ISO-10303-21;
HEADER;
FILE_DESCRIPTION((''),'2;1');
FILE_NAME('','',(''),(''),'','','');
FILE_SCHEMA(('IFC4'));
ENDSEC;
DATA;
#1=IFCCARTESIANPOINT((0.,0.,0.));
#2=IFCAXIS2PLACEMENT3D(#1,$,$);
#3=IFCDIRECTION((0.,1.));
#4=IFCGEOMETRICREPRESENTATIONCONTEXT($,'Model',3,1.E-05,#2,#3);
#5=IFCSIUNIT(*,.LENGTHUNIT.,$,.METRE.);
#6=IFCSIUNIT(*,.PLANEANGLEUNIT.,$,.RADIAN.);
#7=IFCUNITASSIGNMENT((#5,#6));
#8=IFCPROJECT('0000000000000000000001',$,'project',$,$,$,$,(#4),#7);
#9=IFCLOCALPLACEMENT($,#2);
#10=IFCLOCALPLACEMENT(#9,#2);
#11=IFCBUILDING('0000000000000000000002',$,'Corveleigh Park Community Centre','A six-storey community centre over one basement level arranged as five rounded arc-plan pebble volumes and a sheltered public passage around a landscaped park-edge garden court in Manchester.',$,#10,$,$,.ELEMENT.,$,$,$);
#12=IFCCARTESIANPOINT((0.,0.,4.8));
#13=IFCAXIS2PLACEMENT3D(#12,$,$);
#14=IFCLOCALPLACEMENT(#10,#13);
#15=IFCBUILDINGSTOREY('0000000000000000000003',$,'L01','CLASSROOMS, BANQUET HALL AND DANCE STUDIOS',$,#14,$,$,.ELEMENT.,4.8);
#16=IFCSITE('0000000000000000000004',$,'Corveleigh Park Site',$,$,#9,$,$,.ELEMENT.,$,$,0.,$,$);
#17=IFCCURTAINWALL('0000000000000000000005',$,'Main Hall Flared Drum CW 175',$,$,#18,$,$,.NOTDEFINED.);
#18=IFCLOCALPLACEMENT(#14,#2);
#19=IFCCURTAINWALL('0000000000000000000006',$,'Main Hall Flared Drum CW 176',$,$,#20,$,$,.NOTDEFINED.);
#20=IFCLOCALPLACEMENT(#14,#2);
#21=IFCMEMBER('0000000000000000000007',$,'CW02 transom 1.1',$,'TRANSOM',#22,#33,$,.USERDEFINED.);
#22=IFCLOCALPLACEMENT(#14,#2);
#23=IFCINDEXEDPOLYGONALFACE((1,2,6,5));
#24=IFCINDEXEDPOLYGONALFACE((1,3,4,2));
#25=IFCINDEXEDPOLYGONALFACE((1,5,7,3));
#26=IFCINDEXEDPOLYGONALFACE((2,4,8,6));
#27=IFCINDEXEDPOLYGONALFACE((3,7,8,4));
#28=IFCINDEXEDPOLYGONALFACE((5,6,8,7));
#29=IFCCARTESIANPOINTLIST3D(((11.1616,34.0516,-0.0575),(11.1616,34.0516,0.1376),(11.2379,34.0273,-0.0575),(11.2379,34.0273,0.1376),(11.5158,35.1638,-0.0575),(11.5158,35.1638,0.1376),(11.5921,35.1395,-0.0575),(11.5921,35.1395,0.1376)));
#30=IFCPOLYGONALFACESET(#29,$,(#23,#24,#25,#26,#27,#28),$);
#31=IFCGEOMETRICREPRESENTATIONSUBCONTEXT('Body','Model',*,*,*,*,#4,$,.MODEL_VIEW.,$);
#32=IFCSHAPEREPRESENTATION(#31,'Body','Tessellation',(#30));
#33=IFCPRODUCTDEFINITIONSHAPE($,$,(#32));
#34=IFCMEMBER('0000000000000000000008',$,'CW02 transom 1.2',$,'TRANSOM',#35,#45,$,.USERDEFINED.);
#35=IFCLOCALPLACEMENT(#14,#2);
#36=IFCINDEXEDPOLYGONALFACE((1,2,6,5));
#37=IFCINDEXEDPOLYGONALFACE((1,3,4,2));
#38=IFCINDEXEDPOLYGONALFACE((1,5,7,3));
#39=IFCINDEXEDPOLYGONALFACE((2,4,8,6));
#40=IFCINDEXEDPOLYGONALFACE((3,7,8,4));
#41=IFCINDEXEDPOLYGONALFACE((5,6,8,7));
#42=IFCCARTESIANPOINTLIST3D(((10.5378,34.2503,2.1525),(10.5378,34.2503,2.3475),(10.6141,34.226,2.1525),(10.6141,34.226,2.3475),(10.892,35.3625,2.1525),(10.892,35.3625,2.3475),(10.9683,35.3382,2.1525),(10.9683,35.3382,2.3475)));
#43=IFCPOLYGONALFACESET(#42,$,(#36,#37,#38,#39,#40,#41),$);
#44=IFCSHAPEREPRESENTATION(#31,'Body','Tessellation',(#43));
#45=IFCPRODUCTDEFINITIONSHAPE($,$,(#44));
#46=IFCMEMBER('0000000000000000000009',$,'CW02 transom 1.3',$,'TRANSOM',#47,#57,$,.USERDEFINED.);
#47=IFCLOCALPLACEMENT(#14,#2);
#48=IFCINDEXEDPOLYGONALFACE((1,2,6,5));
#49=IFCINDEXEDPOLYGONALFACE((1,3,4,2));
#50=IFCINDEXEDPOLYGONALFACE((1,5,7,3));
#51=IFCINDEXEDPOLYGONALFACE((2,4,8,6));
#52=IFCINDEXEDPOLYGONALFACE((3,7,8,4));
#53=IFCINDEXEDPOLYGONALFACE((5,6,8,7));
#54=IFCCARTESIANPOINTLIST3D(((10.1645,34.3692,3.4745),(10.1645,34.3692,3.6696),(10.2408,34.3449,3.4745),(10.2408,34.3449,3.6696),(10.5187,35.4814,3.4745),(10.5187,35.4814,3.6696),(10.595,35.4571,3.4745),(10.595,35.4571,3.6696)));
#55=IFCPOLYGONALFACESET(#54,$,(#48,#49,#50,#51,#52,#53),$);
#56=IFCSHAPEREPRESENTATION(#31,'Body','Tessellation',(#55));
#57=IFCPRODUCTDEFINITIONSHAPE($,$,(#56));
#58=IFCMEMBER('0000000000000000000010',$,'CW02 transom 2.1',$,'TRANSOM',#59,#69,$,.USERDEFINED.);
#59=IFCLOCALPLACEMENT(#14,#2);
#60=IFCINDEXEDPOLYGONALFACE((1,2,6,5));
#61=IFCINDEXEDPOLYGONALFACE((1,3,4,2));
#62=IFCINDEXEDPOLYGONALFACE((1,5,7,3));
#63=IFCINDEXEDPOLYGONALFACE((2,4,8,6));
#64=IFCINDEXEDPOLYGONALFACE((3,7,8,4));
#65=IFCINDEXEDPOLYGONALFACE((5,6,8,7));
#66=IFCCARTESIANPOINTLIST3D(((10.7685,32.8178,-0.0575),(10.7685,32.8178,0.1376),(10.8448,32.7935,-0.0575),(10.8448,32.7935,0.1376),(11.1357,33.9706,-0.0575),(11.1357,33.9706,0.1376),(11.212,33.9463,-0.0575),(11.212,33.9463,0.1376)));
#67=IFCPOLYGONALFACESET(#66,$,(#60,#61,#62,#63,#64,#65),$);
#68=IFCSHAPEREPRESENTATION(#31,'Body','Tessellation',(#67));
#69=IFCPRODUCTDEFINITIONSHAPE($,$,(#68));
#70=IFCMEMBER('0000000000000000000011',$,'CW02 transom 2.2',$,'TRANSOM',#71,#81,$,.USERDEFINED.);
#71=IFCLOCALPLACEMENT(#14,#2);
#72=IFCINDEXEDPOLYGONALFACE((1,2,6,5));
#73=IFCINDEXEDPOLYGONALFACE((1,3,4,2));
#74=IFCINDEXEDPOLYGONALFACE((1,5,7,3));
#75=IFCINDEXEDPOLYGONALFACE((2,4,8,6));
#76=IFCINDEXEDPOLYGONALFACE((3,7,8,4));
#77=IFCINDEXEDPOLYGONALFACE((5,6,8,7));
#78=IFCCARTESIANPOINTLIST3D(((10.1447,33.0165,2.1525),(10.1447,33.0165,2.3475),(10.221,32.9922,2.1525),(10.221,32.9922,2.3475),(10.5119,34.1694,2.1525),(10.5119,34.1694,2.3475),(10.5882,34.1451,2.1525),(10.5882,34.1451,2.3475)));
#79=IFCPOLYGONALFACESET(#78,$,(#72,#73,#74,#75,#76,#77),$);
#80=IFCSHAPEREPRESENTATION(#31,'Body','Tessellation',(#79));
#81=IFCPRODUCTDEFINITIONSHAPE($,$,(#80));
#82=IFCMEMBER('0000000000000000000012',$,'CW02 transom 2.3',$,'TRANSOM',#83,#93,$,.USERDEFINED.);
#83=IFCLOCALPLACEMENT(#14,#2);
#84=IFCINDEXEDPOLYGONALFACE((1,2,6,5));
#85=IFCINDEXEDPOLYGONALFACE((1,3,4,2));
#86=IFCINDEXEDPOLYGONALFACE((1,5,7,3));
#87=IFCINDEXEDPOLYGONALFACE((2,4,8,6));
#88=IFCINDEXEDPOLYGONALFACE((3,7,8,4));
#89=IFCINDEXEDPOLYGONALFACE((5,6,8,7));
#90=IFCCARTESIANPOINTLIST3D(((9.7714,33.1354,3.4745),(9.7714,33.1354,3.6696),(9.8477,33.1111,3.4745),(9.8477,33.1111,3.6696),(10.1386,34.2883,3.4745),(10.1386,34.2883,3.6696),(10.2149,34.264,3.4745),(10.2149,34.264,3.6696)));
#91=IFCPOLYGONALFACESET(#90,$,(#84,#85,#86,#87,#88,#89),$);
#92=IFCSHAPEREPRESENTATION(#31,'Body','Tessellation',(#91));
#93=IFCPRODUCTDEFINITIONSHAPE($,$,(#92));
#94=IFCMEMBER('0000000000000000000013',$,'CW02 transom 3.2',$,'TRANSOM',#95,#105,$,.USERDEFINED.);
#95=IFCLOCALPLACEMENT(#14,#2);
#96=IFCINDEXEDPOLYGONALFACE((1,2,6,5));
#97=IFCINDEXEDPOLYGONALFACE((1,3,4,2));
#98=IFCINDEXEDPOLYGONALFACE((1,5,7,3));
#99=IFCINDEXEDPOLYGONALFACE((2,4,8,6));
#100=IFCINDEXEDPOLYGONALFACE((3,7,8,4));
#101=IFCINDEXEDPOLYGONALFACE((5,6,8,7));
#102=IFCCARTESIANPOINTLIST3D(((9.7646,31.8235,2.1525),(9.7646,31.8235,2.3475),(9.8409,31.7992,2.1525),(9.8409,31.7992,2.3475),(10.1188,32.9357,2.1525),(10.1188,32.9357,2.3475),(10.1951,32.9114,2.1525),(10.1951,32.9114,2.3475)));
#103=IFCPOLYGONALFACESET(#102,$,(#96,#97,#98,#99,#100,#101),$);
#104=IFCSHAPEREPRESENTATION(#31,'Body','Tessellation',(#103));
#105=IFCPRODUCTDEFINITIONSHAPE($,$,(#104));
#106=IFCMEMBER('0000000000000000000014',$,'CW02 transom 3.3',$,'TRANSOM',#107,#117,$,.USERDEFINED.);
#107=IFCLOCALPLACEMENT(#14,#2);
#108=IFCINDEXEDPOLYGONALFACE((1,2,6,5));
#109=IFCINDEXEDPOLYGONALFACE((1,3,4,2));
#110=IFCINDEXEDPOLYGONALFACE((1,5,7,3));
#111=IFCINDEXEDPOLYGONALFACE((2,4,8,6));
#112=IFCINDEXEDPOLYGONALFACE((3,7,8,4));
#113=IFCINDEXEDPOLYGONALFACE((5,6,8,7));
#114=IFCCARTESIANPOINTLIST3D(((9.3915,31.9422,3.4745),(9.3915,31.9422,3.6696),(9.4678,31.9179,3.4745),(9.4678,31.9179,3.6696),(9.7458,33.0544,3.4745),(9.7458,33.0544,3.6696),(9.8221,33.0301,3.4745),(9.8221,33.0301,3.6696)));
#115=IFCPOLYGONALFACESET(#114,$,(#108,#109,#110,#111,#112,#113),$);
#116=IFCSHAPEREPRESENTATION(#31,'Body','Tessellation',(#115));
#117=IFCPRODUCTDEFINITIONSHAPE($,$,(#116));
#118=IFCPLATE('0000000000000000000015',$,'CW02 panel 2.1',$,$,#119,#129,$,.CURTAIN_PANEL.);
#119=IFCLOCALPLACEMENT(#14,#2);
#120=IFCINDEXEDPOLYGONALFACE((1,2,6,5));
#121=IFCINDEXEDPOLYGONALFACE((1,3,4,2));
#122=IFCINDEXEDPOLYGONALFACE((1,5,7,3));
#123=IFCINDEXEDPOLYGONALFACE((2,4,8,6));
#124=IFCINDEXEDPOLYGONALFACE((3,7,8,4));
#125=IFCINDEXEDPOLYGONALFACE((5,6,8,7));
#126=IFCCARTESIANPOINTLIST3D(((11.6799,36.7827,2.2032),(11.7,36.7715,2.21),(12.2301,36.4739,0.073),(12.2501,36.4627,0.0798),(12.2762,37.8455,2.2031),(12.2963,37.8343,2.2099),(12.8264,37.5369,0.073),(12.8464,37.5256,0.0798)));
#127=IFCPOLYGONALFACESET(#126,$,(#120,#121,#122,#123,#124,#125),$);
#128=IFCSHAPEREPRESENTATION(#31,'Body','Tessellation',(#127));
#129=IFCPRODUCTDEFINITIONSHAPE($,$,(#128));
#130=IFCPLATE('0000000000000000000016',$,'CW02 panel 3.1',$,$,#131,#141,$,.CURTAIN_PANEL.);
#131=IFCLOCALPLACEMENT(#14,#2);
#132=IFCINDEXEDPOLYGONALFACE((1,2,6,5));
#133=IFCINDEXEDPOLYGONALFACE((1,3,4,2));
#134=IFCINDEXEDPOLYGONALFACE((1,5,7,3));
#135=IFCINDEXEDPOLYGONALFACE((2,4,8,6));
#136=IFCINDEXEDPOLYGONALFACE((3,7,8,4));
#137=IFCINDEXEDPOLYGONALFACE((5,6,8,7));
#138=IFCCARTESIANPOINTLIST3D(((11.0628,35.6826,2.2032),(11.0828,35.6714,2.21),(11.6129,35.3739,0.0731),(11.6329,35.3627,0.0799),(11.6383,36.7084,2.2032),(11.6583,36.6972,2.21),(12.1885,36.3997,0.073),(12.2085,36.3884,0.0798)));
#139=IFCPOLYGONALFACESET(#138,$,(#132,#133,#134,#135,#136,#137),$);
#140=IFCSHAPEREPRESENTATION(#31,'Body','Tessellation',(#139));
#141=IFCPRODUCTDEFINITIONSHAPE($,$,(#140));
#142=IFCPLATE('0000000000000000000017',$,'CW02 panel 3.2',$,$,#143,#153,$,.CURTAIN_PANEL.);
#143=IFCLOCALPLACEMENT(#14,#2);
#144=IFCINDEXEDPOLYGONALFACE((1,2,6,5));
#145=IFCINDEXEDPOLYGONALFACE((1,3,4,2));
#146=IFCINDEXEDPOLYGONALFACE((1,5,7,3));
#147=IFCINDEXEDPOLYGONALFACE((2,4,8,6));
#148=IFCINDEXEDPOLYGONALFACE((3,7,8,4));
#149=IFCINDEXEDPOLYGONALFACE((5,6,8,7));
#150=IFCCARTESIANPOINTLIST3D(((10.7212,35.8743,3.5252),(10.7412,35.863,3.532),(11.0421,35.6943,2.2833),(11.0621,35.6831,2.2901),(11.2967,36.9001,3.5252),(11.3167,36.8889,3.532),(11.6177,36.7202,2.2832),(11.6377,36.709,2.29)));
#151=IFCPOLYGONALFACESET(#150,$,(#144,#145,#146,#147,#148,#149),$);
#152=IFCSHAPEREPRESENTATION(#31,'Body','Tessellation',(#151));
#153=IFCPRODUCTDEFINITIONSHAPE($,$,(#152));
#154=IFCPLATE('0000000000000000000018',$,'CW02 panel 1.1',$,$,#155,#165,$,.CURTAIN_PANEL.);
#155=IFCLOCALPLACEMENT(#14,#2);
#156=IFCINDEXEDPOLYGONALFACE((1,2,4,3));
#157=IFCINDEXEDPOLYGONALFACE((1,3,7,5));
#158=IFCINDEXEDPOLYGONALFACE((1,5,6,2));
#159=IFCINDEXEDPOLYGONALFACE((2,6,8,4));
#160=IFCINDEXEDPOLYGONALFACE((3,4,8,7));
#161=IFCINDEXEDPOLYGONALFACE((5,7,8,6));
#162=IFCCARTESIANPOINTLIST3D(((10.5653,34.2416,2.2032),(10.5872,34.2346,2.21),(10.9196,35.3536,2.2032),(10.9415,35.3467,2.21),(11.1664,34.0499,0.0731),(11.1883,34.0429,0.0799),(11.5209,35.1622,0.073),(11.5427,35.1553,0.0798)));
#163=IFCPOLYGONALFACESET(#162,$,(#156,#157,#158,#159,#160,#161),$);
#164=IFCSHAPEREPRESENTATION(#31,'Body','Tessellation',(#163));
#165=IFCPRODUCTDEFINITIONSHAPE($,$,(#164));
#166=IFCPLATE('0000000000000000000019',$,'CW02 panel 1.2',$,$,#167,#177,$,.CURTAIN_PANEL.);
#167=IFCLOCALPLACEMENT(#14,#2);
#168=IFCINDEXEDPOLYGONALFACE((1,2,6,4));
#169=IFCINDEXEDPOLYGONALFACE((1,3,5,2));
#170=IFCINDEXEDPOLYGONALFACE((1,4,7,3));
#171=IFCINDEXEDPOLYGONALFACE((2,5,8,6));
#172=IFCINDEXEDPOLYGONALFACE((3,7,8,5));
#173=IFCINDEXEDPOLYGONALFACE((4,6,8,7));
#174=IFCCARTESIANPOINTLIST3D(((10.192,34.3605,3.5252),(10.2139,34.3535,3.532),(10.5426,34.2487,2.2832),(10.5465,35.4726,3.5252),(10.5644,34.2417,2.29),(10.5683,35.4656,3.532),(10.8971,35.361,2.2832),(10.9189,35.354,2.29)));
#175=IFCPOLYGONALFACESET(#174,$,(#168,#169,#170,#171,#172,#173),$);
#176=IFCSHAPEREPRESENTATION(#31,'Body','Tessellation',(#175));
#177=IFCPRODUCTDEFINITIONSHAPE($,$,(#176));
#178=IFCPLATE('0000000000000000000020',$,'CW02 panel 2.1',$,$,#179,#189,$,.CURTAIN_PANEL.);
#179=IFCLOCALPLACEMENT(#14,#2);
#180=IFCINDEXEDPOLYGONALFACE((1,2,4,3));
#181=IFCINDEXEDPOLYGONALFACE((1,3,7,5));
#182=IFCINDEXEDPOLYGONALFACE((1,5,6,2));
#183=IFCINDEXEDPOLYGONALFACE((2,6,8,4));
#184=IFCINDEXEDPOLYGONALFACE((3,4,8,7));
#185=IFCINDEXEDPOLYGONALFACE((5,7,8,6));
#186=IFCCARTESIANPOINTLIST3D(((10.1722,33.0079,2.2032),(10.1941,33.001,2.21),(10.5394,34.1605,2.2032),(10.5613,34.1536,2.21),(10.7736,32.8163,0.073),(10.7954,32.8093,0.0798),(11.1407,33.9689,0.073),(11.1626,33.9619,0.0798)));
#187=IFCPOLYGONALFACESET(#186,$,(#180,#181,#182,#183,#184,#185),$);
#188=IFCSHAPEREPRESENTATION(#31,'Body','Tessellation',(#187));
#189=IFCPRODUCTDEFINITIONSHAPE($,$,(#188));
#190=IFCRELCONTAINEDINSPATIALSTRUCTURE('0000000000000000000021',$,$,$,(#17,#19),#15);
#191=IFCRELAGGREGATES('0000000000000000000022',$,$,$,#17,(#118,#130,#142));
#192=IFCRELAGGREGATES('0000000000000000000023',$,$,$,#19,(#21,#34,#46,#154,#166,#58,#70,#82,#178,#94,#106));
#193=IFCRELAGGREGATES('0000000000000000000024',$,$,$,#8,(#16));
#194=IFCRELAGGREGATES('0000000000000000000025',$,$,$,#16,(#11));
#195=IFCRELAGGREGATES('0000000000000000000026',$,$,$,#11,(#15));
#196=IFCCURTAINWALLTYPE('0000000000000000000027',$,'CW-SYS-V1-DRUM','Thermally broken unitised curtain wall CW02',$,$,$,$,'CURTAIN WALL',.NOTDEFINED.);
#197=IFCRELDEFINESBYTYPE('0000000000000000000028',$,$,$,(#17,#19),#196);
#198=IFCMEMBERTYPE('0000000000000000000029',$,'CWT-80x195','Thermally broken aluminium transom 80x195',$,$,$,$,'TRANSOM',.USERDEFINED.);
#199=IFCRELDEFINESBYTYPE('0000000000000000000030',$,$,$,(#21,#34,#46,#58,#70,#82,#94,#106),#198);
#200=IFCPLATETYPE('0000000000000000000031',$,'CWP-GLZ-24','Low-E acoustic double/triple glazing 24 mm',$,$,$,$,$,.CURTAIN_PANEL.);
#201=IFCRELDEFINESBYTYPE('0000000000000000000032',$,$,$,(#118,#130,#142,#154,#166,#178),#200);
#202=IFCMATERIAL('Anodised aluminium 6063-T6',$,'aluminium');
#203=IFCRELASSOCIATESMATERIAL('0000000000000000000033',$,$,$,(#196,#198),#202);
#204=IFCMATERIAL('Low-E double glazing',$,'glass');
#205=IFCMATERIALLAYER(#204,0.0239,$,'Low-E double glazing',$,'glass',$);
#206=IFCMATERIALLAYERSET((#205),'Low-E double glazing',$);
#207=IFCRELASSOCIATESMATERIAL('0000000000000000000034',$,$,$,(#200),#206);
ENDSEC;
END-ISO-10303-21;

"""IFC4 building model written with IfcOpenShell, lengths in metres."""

from ifc_helpers import new_model, si_unit, direction, frame, origin, origin_2d, place, context, subcontext, project, spatial, polyline, rectangle, outline, extrude, material, layer, layer_set, material_profile, profile_set, type_object, element, aggregate, save


model = new_model("IFC4")

# Units and contexts
model_context = context("Model", 3, precision=1e-05, world=origin(), true_north=direction((0.0, 1.0)))
body_context = subcontext(model_context, "Body", "Model", "MODEL_VIEW")
ifc_project = project(units=[si_unit("LENGTHUNIT", "METRE"), si_unit("PLANEANGLEUNIT", "RADIAN")], contexts=[model_context])

# Site, building, storey
site_placement = place(None, origin())
site = spatial("IfcSite", under=ifc_project, at=site_placement, Name="Corveleigh Park Site", CompositionType="ELEMENT", RefElevation=0.0)
building_placement = place(site_placement, origin())
building = spatial("IfcBuilding", under=site, at=building_placement, Name="Corveleigh Park Community Centre", Description="A six-storey community centre over one basement level arranged as five rounded arc-plan pebble volumes and a sheltered public passage around a landscaped park-edge garden court in Manchester.", CompositionType="ELEMENT")
storey_placement = place(building_placement, frame((0.0, 0.0, 4.8)))
storey = spatial("IfcBuildingStorey", under=building, at=storey_placement, Name="L01", Description="CLASSROOMS, BANQUET HALL AND DANCE STUDIOS", CompositionType="ELEMENT", Elevation=4.8)

# Curtain walls
ifc_material_1 = material(Name="Anodised aluminium 6063-T6", Category="aluminium")
curtain_wall_type = type_object("IfcCurtainWallType", Name="CW-SYS-V1-DRUM", Description="Thermally broken unitised curtain wall CW02", ElementType="CURTAIN WALL", PredefinedType="NOTDEFINED", material=ifc_material_1)
curtain_wall_1_placement = place(storey_placement, origin())
curtain_wall_1 = element("IfcCurtainWall", 1, at=curtain_wall_1_placement, inside=storey, type_object=curtain_wall_type, Name="Main Hall Flared Drum CW 175", PredefinedType="NOTDEFINED")
curtain_wall_2_placement = place(storey_placement, origin())
curtain_wall_2 = element("IfcCurtainWall", 2, at=curtain_wall_2_placement, inside=storey, type_object=curtain_wall_type, Name="Main Hall Flared Drum CW 176", PredefinedType="NOTDEFINED")

# Members
ifc_material_profile_1 = material_profile(ifc_material_1, rectangle(XDim=0.0801, YDim=0.1951, at=origin_2d()), Name="ALU-T80x195", Category="aluminium")
ifc_profile_set_1 = profile_set([ifc_material_profile_1], Name="Anodised aluminium 6063-T6")
member_type_1 = type_object("IfcMemberType", Name="CWT-80x195", Description="Thermally broken aluminium transom 80x195", ElementType="TRANSOM", PredefinedType="USERDEFINED", material=ifc_profile_set_1)
member_1_placement = place(storey_placement, frame((11.554, 35.1516, 0.04), z_axis=(-0.303463, -0.952843, 0.0), x_axis=(0.952843, -0.303463, 0.0)))
member_1 = element("IfcMember", 3, at=member_1_placement, type_object=member_type_1, Name="CW02 transom 1.1", ObjectType="TRANSOM", PredefinedType="USERDEFINED", context=body_context, shape_type="SweptSolid", body=[
    extrude(rectangle(XDim=0.0801, YDim=0.1951, at=origin_2d()), origin(), (0.0, 0.0, 1.0), 1.1672),
])
member_2_placement = place(storey_placement, frame((10.9302, 35.3503, 2.25), z_axis=(-0.303463, -0.952843, 0.0), x_axis=(0.952843, -0.303463, 0.0)))
member_2 = element("IfcMember", 4, at=member_2_placement, type_object=member_type_1, Name="CW02 transom 1.2", ObjectType="TRANSOM", PredefinedType="USERDEFINED", context=body_context, shape_type="SweptSolid", body=[
    extrude(rectangle(XDim=0.0801, YDim=0.1951, at=origin_2d()), origin(), (0.0, 0.0, 1.0), 1.1672),
])
member_3_placement = place(storey_placement, frame((10.5569, 35.4692, 3.572), z_axis=(-0.303463, -0.952843, 0.0), x_axis=(0.952843, -0.303463, 0.0)))
member_3 = element("IfcMember", 5, at=member_3_placement, type_object=member_type_1, Name="CW02 transom 1.3", ObjectType="TRANSOM", PredefinedType="USERDEFINED", context=body_context, shape_type="SweptSolid", body=[
    extrude(rectangle(XDim=0.0801, YDim=0.1951, at=origin_2d()), origin(), (0.0, 0.0, 1.0), 1.1672),
])
member_4_placement = place(storey_placement, frame((11.1738, 33.9585, 0.04), z_axis=(-0.303487, -0.952836, 0.0), x_axis=(0.952836, -0.303487, 0.0)))
member_4 = element("IfcMember", 6, at=member_4_placement, type_object=member_type_1, Name="CW02 transom 2.1", ObjectType="TRANSOM", PredefinedType="USERDEFINED", context=body_context, shape_type="SweptSolid", body=[
    extrude(rectangle(XDim=0.0801, YDim=0.1951, at=origin_2d()), origin(), (0.0, 0.0, 1.0), 1.21),
])
member_5_placement = place(storey_placement, frame((10.55, 34.1572, 2.25), z_axis=(-0.303487, -0.952836, 0.0), x_axis=(0.952836, -0.303487, 0.0)))
member_5 = element("IfcMember", 7, at=member_5_placement, type_object=member_type_1, Name="CW02 transom 2.2", ObjectType="TRANSOM", PredefinedType="USERDEFINED", context=body_context, shape_type="SweptSolid", body=[
    extrude(rectangle(XDim=0.0801, YDim=0.1951, at=origin_2d()), origin(), (0.0, 0.0, 1.0), 1.21),
])
member_6_placement = place(storey_placement, frame((10.1768, 34.2761, 3.572), z_axis=(-0.303487, -0.952836, 0.0), x_axis=(0.952836, -0.303487, 0.0)))
member_6 = element("IfcMember", 8, at=member_6_placement, type_object=member_type_1, Name="CW02 transom 2.3", ObjectType="TRANSOM", PredefinedType="USERDEFINED", context=body_context, shape_type="SweptSolid", body=[
    extrude(rectangle(XDim=0.0801, YDim=0.1951, at=origin_2d()), origin(), (0.0, 0.0, 1.0), 1.21),
])
member_7_placement = place(storey_placement, frame((10.157, 32.9236, 2.25), z_axis=(-0.303463, -0.952843, 0.0), x_axis=(0.952843, -0.303463, 0.0)))
member_7 = element("IfcMember", 9, at=member_7_placement, type_object=member_type_1, Name="CW02 transom 3.2", ObjectType="TRANSOM", PredefinedType="USERDEFINED", context=body_context, shape_type="SweptSolid", body=[
    extrude(rectangle(XDim=0.0801, YDim=0.1951, at=origin_2d()), origin(), (0.0, 0.0, 1.0), 1.1672),
])
member_8_placement = place(storey_placement, frame((9.7839, 33.0422, 3.572), z_axis=(-0.303523, -0.952824, 0.0), x_axis=(0.952824, -0.303523, 0.0)))
member_8 = element("IfcMember", 10, at=member_8_placement, type_object=member_type_1, Name="CW02 transom 3.3", ObjectType="TRANSOM", PredefinedType="USERDEFINED", context=body_context, shape_type="SweptSolid", body=[
    extrude(rectangle(XDim=0.0801, YDim=0.1951, at=origin_2d()), origin(), (0.0, 0.0, 1.0), 1.1672),
])

# Plates
ifc_material_2 = material(Name="Low-E double glazing", Category="glass")
ifc_layer_1 = layer(ifc_material_2, 0.0239, Name="Low-E double glazing", Category="glass")
ifc_layer_set_1 = layer_set([ifc_layer_1], Name="Low-E double glazing")
plate_type_1 = type_object("IfcPlateType", Name="CWP-GLZ-24", Description="Low-E acoustic double/triple glazing 24 mm", PredefinedType="CURTAIN_PANEL", material=ifc_layer_set_1)
plate_1_placement = place(storey_placement, frame((12.8464, 37.5256, 0.0798), z_axis=(0.836215, -0.469153, 0.283972), x_axis=(-0.489286, -0.872123, -0.000037)))
plate_1 = element("IfcPlate", 11, at=plate_1_placement, type_object=plate_type_1, Name="CW02 panel 2.1", PredefinedType="CURTAIN_PANEL", context=body_context, shape_type="SweptSolid", body=[
    extrude(outline(polyline([(0.0, 0.0), (1.2188, 0.0), (1.2186, -2.2216), (-0.0001, -2.2215), (0.0, 0.0)])), origin(), (0.0, 0.0, -1.0), 0.0239),
])
plate_2_placement = place(storey_placement, frame((12.2085, 36.3884, 0.0798), z_axis=(0.836192, -0.469195, 0.283972), x_axis=(-0.489349, -0.872088, 0.000038)))
plate_2 = element("IfcPlate", 12, at=plate_2_placement, type_object=plate_type_1, Name="CW02 panel 3.1", PredefinedType="CURTAIN_PANEL", context=body_context, shape_type="SweptSolid", body=[
    extrude(outline(polyline([(0.0, 0.0), (1.1762, 0.0), (1.1763, -2.2215), (0.0, -2.2216), (0.0, 0.0)])), origin(), (0.0, 0.0, -1.0), 0.0239),
])
plate_3_placement = place(storey_placement, frame((11.6377, 36.709, 2.29), z_axis=(0.836196, -0.469142, 0.284045), x_axis=(-0.489302, -0.872115, 0.000025)))
plate_3 = element("IfcPlate", 13, at=plate_3_placement, type_object=plate_type_1, Name="CW02 panel 3.2", PredefinedType="CURTAIN_PANEL", context=body_context, shape_type="SweptSolid", body=[
    extrude(outline(polyline([(0.0, 0.0), (1.1764, 0.0), (1.1764, -1.2953), (0.0002, -1.2953), (0.0, 0.0)])), origin(), (0.0, 0.0, -1.0), 0.0239),
])
aggregate(curtain_wall_1, [plate_1, plate_2, plate_3])
plate_4_placement = place(storey_placement, frame((11.5427, 35.1553, 0.0798), z_axis=(0.913567, -0.291086, 0.284013), x_axis=(-0.303593, -0.952802, 0.000018)))
plate_4 = element("IfcPlate", 14, at=plate_4_placement, type_object=plate_type_1, Name="CW02 panel 1.1", PredefinedType="CURTAIN_PANEL", context=body_context, shape_type="SweptSolid", body=[
    extrude(outline(polyline([(0.0, 0.0), (1.1674, 0.0), (1.1673, -2.2216), (0.0002, -2.2216), (0.0, 0.0)])), origin(), (0.0, 0.0, -1.0), 0.0239),
])
plate_5_placement = place(storey_placement, frame((10.9189, 35.354, 2.29), z_axis=(0.913524, -0.291173, 0.284064), x_axis=(-0.30368, -0.952774, -0.000009)))
plate_5 = element("IfcPlate", 15, at=plate_5_placement, type_object=plate_type_1, Name="CW02 panel 1.2", PredefinedType="CURTAIN_PANEL", context=body_context, shape_type="SweptSolid", body=[
    extrude(outline(polyline([(0.0, 0.0), (1.1674, 0.0), (1.1673, -1.2953), (0.0002, -1.2953), (0.0, 0.0)])), origin(), (0.0, 0.0, -1.0), 0.0239),
])
plate_6_placement = place(storey_placement, frame((11.1626, 33.9619, 0.0798), z_axis=(0.913562, -0.29104, 0.284077), x_axis=(-0.303545, -0.952817, 0.0)))
plate_6 = element("IfcPlate", 16, at=plate_6_placement, type_object=plate_type_1, Name="CW02 panel 2.1", PredefinedType="CURTAIN_PANEL", context=body_context, shape_type="SweptSolid", body=[
    extrude(outline(polyline([(0.0, 0.0), (1.2097, 0.0), (1.2096, -2.2217), (-0.0001, -2.2217), (0.0, 0.0)])), origin(), (0.0, 0.0, -1.0), 0.0239),
])
aggregate(curtain_wall_2, [member_1, member_2, member_3, plate_4, plate_5, member_4, member_5, member_6, plate_6, member_7, member_8])

save(model, "model.ifc")
